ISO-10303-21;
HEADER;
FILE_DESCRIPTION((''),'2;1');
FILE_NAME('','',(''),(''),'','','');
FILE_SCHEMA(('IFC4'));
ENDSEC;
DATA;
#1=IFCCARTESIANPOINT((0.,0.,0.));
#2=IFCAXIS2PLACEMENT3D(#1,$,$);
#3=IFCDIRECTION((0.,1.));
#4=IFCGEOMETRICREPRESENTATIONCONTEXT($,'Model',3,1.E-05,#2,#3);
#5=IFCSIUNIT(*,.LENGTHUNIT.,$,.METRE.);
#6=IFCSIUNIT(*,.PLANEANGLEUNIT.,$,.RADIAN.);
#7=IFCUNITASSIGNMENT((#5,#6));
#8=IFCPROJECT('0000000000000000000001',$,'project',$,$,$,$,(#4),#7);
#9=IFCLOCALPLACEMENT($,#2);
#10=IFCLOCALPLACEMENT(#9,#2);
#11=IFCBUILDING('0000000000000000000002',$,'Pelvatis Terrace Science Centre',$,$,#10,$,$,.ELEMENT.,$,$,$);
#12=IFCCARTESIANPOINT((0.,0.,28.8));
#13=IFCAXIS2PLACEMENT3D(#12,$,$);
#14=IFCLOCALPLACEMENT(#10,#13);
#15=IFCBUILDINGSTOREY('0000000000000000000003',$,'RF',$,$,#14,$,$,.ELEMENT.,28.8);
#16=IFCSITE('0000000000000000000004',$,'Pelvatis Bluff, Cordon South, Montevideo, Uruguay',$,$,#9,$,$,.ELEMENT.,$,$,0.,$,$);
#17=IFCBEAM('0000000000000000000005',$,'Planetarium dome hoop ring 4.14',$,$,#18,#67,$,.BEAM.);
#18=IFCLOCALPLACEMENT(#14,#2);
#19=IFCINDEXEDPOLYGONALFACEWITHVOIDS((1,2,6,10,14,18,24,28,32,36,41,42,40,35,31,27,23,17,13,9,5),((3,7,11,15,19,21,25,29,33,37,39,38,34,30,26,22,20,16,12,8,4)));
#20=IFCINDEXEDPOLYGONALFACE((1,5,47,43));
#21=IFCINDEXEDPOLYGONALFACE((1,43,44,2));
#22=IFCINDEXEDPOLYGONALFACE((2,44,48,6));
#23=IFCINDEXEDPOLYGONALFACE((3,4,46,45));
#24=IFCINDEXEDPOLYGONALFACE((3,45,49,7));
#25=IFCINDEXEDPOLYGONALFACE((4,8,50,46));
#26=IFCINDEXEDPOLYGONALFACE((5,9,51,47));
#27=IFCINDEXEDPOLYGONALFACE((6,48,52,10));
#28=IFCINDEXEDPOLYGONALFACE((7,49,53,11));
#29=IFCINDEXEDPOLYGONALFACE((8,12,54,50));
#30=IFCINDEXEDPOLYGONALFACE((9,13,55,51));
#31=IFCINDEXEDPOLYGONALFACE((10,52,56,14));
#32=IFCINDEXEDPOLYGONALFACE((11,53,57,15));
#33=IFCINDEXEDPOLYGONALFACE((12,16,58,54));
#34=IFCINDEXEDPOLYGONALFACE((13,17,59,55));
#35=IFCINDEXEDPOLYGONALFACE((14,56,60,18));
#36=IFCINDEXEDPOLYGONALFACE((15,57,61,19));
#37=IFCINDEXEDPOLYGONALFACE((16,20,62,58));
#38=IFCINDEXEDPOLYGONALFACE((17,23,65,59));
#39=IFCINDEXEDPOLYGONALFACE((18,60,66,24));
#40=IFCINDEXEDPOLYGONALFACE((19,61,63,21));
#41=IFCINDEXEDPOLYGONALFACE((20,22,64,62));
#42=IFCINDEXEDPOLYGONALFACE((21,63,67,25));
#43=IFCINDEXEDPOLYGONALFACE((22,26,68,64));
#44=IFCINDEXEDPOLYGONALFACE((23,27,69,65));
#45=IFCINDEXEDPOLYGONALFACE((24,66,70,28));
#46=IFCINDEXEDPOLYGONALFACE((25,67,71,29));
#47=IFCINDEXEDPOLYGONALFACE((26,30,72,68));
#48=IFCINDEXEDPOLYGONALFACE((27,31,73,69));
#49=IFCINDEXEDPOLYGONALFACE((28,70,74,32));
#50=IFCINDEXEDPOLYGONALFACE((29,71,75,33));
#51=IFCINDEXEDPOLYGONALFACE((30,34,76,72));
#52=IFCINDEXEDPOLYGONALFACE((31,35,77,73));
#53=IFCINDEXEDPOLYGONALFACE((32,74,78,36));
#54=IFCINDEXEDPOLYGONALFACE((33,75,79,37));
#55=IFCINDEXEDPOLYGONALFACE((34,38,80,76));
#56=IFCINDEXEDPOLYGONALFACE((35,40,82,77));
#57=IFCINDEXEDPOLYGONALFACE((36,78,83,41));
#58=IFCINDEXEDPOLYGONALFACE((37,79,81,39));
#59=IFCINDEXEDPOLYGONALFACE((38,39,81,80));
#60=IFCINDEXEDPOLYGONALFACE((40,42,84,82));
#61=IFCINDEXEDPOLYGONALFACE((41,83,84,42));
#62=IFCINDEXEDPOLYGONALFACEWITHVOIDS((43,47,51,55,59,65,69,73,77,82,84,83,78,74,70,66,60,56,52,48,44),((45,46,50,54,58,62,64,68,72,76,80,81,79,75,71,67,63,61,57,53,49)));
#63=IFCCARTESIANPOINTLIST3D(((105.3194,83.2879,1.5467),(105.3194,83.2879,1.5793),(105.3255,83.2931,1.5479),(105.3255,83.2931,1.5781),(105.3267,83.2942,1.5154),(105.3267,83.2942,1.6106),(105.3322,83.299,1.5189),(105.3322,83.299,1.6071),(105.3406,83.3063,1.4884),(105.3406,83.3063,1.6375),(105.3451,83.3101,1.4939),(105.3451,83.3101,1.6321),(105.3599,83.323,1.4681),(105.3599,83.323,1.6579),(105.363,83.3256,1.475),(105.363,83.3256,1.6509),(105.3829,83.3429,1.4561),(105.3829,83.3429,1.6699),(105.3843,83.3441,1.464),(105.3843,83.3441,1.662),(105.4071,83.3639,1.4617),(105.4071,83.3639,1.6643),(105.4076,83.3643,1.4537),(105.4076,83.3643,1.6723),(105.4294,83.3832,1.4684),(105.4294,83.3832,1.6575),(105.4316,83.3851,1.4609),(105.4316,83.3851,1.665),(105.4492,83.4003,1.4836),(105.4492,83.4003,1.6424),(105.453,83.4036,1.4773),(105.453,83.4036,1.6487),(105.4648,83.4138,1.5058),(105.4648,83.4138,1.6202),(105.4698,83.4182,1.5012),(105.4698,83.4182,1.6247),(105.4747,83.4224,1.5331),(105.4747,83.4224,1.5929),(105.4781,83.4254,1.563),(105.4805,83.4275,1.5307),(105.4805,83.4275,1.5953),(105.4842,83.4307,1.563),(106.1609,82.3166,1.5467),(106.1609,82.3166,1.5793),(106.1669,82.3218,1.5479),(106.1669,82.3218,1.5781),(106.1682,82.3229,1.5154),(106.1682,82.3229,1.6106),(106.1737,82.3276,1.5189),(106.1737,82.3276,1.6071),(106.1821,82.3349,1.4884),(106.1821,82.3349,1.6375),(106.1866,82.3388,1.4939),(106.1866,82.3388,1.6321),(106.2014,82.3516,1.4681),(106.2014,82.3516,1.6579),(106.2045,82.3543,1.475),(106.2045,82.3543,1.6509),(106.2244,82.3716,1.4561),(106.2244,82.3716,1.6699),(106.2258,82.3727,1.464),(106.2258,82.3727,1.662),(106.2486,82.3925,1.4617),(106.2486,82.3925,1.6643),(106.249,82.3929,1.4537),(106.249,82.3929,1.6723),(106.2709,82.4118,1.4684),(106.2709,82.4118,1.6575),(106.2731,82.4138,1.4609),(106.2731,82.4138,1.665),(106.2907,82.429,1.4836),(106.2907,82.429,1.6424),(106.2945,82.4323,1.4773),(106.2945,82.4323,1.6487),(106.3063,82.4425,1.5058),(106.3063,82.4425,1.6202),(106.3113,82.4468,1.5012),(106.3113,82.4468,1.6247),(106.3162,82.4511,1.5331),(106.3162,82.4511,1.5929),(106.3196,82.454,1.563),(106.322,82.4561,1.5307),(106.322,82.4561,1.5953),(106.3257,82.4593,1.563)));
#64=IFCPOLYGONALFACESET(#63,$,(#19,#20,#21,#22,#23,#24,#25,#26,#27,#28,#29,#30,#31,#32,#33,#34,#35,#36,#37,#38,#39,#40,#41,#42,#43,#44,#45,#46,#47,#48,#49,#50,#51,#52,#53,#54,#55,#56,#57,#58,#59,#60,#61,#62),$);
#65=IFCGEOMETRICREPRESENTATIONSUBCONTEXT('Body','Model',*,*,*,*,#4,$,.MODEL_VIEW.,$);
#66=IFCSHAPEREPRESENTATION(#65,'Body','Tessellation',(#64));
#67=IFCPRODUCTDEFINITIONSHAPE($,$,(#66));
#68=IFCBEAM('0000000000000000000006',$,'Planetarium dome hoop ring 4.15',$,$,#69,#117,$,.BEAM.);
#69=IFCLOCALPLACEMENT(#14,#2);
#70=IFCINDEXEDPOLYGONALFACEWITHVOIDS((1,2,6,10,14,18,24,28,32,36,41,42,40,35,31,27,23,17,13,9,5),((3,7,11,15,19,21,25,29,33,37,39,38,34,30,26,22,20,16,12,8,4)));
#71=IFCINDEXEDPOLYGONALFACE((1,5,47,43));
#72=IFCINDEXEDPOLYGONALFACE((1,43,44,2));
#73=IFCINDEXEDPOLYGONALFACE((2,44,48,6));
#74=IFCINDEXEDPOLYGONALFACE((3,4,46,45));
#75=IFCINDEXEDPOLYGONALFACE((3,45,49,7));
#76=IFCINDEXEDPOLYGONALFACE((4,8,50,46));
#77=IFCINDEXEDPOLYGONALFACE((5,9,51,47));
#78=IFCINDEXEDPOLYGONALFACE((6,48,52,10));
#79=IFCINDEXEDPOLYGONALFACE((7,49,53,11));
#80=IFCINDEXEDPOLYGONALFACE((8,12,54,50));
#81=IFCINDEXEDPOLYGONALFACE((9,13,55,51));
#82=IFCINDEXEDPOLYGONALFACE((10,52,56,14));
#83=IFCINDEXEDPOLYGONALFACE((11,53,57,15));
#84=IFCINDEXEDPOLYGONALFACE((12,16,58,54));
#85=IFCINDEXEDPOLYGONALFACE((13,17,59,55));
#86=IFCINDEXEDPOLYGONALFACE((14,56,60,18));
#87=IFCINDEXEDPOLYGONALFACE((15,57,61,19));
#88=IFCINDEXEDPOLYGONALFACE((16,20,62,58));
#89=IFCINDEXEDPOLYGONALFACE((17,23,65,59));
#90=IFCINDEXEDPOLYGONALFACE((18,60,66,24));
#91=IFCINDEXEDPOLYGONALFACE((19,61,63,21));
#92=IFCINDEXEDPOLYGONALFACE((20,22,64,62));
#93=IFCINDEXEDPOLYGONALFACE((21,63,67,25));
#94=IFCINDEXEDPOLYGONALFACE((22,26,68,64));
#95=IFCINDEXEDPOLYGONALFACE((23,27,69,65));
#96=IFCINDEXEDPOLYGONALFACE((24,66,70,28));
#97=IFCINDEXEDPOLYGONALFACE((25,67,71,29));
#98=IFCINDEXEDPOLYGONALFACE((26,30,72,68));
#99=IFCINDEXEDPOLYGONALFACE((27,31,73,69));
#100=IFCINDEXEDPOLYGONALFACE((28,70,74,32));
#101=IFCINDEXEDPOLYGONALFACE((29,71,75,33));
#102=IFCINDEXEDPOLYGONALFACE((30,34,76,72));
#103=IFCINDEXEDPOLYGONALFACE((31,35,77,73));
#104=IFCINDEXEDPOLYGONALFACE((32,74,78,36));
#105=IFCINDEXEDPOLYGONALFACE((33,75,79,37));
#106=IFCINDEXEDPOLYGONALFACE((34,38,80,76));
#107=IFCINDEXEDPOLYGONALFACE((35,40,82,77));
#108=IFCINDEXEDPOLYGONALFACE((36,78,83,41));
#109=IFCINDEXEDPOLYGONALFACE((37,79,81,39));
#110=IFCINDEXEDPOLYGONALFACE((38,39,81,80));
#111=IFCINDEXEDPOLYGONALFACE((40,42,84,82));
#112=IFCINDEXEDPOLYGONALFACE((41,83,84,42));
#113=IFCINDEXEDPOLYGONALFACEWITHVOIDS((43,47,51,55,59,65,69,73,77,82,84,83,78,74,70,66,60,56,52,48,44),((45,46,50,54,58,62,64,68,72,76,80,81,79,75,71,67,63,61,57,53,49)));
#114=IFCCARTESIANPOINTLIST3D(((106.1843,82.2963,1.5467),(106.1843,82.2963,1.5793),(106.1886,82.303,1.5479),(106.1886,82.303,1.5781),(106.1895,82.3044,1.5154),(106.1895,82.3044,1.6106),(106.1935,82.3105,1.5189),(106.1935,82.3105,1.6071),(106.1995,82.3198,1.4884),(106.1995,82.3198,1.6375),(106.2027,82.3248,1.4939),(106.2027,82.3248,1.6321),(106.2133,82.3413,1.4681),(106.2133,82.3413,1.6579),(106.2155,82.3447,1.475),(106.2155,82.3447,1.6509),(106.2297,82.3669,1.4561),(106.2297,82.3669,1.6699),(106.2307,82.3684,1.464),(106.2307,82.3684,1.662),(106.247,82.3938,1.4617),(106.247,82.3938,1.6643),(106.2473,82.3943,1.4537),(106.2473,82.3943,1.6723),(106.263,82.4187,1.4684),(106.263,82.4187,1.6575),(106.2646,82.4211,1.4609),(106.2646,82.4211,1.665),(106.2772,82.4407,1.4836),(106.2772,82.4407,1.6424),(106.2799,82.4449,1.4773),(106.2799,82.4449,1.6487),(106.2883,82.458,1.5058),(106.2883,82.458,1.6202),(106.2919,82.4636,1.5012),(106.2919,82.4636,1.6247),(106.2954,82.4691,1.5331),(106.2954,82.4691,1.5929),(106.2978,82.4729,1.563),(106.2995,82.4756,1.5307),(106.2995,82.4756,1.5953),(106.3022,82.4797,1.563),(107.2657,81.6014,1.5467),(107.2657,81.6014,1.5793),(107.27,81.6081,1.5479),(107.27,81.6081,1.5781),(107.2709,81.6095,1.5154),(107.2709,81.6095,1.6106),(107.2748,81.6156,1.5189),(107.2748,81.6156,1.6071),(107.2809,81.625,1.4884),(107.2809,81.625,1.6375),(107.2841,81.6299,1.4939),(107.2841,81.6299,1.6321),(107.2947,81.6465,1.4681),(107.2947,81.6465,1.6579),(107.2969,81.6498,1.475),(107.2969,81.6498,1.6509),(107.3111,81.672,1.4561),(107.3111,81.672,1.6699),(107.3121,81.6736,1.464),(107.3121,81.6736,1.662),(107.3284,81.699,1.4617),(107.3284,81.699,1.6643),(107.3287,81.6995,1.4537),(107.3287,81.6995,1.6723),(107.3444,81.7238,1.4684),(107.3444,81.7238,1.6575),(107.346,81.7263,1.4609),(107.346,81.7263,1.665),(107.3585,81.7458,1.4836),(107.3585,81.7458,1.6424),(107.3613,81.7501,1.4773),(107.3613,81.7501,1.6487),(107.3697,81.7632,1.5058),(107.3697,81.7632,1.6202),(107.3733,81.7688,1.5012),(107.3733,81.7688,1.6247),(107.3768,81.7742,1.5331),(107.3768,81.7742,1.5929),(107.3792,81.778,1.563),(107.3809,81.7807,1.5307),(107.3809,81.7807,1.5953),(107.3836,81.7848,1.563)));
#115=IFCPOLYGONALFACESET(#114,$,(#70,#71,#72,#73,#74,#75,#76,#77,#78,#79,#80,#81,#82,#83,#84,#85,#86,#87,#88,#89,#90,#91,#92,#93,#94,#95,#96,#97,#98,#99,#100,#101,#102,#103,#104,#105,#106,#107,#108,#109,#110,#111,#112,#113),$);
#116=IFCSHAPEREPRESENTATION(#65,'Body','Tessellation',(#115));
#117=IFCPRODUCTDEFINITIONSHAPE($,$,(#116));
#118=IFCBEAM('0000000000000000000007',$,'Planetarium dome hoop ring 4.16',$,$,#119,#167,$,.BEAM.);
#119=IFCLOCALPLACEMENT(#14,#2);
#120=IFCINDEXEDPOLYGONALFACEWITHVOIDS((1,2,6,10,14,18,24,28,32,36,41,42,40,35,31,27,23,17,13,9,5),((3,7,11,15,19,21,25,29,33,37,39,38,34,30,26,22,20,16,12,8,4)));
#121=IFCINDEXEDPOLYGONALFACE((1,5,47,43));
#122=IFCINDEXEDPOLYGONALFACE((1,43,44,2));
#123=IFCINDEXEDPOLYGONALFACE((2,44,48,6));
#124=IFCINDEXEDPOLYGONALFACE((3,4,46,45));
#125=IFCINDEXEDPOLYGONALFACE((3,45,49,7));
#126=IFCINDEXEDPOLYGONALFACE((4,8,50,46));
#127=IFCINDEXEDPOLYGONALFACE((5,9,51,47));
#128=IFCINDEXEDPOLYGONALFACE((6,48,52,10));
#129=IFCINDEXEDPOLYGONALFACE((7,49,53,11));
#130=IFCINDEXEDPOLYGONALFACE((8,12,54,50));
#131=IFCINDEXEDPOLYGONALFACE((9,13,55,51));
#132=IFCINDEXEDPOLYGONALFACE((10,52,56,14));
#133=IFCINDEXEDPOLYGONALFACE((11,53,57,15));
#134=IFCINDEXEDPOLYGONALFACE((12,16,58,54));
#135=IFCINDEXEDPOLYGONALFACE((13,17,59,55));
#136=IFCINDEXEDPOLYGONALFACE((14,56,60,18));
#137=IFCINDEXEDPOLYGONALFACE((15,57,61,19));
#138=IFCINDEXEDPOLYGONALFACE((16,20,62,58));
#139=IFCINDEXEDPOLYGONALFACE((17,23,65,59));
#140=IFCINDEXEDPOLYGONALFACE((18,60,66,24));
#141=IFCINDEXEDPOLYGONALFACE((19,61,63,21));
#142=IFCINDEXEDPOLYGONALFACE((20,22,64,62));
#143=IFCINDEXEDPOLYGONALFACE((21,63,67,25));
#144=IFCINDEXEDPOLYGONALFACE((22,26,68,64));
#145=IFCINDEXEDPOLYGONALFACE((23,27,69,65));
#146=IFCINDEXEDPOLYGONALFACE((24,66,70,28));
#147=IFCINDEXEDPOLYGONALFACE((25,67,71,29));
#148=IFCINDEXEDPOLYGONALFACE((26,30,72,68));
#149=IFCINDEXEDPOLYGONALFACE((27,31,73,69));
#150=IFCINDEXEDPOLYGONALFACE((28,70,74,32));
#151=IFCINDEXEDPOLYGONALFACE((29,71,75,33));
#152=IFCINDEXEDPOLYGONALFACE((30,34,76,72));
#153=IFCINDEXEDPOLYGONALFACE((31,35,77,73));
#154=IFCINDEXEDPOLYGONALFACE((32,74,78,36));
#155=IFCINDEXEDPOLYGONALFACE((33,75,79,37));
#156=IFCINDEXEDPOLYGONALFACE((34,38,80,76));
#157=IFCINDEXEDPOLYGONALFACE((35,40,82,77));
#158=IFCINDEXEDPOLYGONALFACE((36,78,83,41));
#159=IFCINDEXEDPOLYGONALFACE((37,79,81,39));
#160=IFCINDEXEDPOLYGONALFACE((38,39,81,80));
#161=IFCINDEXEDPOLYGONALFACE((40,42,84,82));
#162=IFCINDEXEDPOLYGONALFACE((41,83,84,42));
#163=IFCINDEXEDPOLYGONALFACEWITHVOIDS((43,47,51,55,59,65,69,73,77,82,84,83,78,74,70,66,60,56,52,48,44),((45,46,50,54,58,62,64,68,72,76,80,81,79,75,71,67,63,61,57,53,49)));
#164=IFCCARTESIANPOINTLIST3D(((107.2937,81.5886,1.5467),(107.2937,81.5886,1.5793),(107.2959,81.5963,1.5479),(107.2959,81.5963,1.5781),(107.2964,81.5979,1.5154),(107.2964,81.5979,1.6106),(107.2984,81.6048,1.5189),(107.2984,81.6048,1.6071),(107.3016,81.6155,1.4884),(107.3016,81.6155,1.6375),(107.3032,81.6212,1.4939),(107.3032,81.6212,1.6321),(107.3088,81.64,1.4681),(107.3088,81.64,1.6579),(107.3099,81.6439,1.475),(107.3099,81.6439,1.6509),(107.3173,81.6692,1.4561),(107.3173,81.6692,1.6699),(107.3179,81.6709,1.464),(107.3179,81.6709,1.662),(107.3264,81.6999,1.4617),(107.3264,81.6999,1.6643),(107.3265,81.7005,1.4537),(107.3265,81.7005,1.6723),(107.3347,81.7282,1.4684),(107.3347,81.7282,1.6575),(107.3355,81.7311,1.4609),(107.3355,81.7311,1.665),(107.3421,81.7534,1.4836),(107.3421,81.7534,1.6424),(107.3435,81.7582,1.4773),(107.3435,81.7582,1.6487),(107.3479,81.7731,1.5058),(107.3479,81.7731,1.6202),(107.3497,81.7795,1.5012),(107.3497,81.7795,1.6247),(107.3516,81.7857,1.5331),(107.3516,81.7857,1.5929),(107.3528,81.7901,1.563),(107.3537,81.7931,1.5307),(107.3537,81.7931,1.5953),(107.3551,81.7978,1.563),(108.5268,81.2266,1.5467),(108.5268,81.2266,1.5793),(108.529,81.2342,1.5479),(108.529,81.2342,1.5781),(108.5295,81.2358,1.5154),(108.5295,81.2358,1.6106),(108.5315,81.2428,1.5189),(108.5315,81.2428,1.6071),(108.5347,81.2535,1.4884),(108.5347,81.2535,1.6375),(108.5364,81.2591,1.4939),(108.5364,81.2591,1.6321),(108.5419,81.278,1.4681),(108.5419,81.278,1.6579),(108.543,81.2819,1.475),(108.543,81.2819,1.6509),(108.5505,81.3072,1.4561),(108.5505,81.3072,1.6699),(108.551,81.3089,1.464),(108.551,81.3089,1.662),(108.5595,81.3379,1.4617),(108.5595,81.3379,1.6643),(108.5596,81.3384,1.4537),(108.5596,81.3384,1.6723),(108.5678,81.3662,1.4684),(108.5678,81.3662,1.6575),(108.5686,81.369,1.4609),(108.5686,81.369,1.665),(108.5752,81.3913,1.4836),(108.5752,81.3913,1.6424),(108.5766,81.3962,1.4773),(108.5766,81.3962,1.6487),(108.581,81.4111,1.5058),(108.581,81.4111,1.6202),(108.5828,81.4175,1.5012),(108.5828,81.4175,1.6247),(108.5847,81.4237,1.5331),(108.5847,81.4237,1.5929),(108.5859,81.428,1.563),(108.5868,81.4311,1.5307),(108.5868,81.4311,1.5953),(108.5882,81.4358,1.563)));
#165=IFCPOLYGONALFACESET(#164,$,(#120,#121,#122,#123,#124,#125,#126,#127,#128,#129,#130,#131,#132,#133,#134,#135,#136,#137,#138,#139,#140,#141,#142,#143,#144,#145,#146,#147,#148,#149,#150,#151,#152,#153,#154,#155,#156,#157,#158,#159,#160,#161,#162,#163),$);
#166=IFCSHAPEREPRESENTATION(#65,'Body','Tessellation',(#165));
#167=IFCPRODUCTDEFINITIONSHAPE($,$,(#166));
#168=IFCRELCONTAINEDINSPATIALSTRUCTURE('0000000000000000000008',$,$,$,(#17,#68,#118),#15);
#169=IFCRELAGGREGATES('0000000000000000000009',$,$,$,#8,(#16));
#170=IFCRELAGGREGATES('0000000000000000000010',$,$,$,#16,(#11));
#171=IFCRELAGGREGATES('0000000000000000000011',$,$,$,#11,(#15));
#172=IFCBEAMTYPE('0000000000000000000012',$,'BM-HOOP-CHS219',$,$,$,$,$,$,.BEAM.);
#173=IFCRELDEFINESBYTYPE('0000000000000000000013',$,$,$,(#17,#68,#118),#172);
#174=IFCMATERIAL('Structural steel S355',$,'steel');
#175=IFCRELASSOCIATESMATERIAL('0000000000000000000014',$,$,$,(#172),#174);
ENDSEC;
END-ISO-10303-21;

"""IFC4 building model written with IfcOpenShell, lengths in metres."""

from ifc_helpers import new_model, si_unit, direction, frame, origin, origin_2d, place, context, subcontext, project, spatial, hollow_circle, extrude, material, material_profile, profile_set, type_object, element, save


model = new_model("IFC4")

# Units and contexts
model_context = context("Model", 3, precision=1e-05, world=origin(), true_north=direction((0.0, 1.0)))
body_context = subcontext(model_context, "Body", "Model", "MODEL_VIEW")
ifc_project = project(units=[si_unit("LENGTHUNIT", "METRE"), si_unit("PLANEANGLEUNIT", "RADIAN")], contexts=[model_context])

# Site, building, storey
site_placement = place(None, origin())
site = spatial("IfcSite", under=ifc_project, at=site_placement, Name="Pelvatis Bluff, Cordon South, Montevideo, Uruguay", CompositionType="ELEMENT", RefElevation=0.0)
building_placement = place(site_placement, origin())
building = spatial("IfcBuilding", under=site, at=building_placement, Name="Pelvatis Terrace Science Centre", CompositionType="ELEMENT")
storey_placement = place(building_placement, frame((0.0, 0.0, 28.8)))
storey = spatial("IfcBuildingStorey", under=building, at=storey_placement, Name="RF", CompositionType="ELEMENT", Elevation=28.8)

# Beams
ifc_material_1 = material(Name="Structural steel S355", Category="steel")
ifc_material_profile_1 = material_profile(ifc_material_1, hollow_circle(Radius=0.1096, WallThickness=0.0081, at=origin_2d()), Name="CHS 219.1x8.0")
ifc_profile_set_1 = profile_set([ifc_material_profile_1], Name="Structural steel S355")
beam_type_1 = type_object("IfcBeamType", Name="BM-HOOP-CHS219", PredefinedType="BEAM", material=ifc_profile_set_1)
beam_1_placement = place(storey_placement, frame((105.4014, 83.3589, 1.563), z_axis=(0.654771, -0.755827, 0.0), x_axis=(0.755827, 0.654771, 0.0)))
element("IfcBeam", 1, at=beam_1_placement, inside=storey, type_object=beam_type_1, Name="Planetarium dome hoop ring 4.14", PredefinedType="BEAM", context=body_context, shape_type="SweptSolid", body=[
    extrude(hollow_circle(Radius=0.1096, WallThickness=0.0081, at=origin_2d()), origin(), (0.0, 0.0, 1.0), 1.2852),
])
beam_2_placement = place(storey_placement, frame((106.2429, 82.3875, 1.563), z_axis=(0.841283, -0.540594, 0.0), x_axis=(0.540594, 0.841283, 0.0)))
element("IfcBeam", 2, at=beam_2_placement, inside=storey, type_object=beam_type_1, Name="Planetarium dome hoop ring 4.15", PredefinedType="BEAM", context=body_context, shape_type="SweptSolid", body=[
    extrude(hollow_circle(Radius=0.1096, WallThickness=0.0081, at=origin_2d()), origin(), (0.0, 0.0, 1.0), 1.2854),
])
for number, where, z_axis, x_axis, name in (
    (3, (107.3242, 81.6926, 1.563), (0.959498, -0.281714, 0.0), (0.281714, 0.959498, 0.0), "Planetarium dome hoop ring 4.16"),
):
    element("IfcBeam", number, at=place(storey_placement, frame(where, z_axis=z_axis, x_axis=x_axis)), inside=storey, type_object=beam_type_1, Name=name, PredefinedType="BEAM", context=body_context, shape_type="SweptSolid", body=[
        extrude(hollow_circle(Radius=0.1096, WallThickness=0.0081, at=origin_2d()), origin(), (0.0, 0.0, 1.0), 1.2852),
    ])

save(model, "model.ifc")
